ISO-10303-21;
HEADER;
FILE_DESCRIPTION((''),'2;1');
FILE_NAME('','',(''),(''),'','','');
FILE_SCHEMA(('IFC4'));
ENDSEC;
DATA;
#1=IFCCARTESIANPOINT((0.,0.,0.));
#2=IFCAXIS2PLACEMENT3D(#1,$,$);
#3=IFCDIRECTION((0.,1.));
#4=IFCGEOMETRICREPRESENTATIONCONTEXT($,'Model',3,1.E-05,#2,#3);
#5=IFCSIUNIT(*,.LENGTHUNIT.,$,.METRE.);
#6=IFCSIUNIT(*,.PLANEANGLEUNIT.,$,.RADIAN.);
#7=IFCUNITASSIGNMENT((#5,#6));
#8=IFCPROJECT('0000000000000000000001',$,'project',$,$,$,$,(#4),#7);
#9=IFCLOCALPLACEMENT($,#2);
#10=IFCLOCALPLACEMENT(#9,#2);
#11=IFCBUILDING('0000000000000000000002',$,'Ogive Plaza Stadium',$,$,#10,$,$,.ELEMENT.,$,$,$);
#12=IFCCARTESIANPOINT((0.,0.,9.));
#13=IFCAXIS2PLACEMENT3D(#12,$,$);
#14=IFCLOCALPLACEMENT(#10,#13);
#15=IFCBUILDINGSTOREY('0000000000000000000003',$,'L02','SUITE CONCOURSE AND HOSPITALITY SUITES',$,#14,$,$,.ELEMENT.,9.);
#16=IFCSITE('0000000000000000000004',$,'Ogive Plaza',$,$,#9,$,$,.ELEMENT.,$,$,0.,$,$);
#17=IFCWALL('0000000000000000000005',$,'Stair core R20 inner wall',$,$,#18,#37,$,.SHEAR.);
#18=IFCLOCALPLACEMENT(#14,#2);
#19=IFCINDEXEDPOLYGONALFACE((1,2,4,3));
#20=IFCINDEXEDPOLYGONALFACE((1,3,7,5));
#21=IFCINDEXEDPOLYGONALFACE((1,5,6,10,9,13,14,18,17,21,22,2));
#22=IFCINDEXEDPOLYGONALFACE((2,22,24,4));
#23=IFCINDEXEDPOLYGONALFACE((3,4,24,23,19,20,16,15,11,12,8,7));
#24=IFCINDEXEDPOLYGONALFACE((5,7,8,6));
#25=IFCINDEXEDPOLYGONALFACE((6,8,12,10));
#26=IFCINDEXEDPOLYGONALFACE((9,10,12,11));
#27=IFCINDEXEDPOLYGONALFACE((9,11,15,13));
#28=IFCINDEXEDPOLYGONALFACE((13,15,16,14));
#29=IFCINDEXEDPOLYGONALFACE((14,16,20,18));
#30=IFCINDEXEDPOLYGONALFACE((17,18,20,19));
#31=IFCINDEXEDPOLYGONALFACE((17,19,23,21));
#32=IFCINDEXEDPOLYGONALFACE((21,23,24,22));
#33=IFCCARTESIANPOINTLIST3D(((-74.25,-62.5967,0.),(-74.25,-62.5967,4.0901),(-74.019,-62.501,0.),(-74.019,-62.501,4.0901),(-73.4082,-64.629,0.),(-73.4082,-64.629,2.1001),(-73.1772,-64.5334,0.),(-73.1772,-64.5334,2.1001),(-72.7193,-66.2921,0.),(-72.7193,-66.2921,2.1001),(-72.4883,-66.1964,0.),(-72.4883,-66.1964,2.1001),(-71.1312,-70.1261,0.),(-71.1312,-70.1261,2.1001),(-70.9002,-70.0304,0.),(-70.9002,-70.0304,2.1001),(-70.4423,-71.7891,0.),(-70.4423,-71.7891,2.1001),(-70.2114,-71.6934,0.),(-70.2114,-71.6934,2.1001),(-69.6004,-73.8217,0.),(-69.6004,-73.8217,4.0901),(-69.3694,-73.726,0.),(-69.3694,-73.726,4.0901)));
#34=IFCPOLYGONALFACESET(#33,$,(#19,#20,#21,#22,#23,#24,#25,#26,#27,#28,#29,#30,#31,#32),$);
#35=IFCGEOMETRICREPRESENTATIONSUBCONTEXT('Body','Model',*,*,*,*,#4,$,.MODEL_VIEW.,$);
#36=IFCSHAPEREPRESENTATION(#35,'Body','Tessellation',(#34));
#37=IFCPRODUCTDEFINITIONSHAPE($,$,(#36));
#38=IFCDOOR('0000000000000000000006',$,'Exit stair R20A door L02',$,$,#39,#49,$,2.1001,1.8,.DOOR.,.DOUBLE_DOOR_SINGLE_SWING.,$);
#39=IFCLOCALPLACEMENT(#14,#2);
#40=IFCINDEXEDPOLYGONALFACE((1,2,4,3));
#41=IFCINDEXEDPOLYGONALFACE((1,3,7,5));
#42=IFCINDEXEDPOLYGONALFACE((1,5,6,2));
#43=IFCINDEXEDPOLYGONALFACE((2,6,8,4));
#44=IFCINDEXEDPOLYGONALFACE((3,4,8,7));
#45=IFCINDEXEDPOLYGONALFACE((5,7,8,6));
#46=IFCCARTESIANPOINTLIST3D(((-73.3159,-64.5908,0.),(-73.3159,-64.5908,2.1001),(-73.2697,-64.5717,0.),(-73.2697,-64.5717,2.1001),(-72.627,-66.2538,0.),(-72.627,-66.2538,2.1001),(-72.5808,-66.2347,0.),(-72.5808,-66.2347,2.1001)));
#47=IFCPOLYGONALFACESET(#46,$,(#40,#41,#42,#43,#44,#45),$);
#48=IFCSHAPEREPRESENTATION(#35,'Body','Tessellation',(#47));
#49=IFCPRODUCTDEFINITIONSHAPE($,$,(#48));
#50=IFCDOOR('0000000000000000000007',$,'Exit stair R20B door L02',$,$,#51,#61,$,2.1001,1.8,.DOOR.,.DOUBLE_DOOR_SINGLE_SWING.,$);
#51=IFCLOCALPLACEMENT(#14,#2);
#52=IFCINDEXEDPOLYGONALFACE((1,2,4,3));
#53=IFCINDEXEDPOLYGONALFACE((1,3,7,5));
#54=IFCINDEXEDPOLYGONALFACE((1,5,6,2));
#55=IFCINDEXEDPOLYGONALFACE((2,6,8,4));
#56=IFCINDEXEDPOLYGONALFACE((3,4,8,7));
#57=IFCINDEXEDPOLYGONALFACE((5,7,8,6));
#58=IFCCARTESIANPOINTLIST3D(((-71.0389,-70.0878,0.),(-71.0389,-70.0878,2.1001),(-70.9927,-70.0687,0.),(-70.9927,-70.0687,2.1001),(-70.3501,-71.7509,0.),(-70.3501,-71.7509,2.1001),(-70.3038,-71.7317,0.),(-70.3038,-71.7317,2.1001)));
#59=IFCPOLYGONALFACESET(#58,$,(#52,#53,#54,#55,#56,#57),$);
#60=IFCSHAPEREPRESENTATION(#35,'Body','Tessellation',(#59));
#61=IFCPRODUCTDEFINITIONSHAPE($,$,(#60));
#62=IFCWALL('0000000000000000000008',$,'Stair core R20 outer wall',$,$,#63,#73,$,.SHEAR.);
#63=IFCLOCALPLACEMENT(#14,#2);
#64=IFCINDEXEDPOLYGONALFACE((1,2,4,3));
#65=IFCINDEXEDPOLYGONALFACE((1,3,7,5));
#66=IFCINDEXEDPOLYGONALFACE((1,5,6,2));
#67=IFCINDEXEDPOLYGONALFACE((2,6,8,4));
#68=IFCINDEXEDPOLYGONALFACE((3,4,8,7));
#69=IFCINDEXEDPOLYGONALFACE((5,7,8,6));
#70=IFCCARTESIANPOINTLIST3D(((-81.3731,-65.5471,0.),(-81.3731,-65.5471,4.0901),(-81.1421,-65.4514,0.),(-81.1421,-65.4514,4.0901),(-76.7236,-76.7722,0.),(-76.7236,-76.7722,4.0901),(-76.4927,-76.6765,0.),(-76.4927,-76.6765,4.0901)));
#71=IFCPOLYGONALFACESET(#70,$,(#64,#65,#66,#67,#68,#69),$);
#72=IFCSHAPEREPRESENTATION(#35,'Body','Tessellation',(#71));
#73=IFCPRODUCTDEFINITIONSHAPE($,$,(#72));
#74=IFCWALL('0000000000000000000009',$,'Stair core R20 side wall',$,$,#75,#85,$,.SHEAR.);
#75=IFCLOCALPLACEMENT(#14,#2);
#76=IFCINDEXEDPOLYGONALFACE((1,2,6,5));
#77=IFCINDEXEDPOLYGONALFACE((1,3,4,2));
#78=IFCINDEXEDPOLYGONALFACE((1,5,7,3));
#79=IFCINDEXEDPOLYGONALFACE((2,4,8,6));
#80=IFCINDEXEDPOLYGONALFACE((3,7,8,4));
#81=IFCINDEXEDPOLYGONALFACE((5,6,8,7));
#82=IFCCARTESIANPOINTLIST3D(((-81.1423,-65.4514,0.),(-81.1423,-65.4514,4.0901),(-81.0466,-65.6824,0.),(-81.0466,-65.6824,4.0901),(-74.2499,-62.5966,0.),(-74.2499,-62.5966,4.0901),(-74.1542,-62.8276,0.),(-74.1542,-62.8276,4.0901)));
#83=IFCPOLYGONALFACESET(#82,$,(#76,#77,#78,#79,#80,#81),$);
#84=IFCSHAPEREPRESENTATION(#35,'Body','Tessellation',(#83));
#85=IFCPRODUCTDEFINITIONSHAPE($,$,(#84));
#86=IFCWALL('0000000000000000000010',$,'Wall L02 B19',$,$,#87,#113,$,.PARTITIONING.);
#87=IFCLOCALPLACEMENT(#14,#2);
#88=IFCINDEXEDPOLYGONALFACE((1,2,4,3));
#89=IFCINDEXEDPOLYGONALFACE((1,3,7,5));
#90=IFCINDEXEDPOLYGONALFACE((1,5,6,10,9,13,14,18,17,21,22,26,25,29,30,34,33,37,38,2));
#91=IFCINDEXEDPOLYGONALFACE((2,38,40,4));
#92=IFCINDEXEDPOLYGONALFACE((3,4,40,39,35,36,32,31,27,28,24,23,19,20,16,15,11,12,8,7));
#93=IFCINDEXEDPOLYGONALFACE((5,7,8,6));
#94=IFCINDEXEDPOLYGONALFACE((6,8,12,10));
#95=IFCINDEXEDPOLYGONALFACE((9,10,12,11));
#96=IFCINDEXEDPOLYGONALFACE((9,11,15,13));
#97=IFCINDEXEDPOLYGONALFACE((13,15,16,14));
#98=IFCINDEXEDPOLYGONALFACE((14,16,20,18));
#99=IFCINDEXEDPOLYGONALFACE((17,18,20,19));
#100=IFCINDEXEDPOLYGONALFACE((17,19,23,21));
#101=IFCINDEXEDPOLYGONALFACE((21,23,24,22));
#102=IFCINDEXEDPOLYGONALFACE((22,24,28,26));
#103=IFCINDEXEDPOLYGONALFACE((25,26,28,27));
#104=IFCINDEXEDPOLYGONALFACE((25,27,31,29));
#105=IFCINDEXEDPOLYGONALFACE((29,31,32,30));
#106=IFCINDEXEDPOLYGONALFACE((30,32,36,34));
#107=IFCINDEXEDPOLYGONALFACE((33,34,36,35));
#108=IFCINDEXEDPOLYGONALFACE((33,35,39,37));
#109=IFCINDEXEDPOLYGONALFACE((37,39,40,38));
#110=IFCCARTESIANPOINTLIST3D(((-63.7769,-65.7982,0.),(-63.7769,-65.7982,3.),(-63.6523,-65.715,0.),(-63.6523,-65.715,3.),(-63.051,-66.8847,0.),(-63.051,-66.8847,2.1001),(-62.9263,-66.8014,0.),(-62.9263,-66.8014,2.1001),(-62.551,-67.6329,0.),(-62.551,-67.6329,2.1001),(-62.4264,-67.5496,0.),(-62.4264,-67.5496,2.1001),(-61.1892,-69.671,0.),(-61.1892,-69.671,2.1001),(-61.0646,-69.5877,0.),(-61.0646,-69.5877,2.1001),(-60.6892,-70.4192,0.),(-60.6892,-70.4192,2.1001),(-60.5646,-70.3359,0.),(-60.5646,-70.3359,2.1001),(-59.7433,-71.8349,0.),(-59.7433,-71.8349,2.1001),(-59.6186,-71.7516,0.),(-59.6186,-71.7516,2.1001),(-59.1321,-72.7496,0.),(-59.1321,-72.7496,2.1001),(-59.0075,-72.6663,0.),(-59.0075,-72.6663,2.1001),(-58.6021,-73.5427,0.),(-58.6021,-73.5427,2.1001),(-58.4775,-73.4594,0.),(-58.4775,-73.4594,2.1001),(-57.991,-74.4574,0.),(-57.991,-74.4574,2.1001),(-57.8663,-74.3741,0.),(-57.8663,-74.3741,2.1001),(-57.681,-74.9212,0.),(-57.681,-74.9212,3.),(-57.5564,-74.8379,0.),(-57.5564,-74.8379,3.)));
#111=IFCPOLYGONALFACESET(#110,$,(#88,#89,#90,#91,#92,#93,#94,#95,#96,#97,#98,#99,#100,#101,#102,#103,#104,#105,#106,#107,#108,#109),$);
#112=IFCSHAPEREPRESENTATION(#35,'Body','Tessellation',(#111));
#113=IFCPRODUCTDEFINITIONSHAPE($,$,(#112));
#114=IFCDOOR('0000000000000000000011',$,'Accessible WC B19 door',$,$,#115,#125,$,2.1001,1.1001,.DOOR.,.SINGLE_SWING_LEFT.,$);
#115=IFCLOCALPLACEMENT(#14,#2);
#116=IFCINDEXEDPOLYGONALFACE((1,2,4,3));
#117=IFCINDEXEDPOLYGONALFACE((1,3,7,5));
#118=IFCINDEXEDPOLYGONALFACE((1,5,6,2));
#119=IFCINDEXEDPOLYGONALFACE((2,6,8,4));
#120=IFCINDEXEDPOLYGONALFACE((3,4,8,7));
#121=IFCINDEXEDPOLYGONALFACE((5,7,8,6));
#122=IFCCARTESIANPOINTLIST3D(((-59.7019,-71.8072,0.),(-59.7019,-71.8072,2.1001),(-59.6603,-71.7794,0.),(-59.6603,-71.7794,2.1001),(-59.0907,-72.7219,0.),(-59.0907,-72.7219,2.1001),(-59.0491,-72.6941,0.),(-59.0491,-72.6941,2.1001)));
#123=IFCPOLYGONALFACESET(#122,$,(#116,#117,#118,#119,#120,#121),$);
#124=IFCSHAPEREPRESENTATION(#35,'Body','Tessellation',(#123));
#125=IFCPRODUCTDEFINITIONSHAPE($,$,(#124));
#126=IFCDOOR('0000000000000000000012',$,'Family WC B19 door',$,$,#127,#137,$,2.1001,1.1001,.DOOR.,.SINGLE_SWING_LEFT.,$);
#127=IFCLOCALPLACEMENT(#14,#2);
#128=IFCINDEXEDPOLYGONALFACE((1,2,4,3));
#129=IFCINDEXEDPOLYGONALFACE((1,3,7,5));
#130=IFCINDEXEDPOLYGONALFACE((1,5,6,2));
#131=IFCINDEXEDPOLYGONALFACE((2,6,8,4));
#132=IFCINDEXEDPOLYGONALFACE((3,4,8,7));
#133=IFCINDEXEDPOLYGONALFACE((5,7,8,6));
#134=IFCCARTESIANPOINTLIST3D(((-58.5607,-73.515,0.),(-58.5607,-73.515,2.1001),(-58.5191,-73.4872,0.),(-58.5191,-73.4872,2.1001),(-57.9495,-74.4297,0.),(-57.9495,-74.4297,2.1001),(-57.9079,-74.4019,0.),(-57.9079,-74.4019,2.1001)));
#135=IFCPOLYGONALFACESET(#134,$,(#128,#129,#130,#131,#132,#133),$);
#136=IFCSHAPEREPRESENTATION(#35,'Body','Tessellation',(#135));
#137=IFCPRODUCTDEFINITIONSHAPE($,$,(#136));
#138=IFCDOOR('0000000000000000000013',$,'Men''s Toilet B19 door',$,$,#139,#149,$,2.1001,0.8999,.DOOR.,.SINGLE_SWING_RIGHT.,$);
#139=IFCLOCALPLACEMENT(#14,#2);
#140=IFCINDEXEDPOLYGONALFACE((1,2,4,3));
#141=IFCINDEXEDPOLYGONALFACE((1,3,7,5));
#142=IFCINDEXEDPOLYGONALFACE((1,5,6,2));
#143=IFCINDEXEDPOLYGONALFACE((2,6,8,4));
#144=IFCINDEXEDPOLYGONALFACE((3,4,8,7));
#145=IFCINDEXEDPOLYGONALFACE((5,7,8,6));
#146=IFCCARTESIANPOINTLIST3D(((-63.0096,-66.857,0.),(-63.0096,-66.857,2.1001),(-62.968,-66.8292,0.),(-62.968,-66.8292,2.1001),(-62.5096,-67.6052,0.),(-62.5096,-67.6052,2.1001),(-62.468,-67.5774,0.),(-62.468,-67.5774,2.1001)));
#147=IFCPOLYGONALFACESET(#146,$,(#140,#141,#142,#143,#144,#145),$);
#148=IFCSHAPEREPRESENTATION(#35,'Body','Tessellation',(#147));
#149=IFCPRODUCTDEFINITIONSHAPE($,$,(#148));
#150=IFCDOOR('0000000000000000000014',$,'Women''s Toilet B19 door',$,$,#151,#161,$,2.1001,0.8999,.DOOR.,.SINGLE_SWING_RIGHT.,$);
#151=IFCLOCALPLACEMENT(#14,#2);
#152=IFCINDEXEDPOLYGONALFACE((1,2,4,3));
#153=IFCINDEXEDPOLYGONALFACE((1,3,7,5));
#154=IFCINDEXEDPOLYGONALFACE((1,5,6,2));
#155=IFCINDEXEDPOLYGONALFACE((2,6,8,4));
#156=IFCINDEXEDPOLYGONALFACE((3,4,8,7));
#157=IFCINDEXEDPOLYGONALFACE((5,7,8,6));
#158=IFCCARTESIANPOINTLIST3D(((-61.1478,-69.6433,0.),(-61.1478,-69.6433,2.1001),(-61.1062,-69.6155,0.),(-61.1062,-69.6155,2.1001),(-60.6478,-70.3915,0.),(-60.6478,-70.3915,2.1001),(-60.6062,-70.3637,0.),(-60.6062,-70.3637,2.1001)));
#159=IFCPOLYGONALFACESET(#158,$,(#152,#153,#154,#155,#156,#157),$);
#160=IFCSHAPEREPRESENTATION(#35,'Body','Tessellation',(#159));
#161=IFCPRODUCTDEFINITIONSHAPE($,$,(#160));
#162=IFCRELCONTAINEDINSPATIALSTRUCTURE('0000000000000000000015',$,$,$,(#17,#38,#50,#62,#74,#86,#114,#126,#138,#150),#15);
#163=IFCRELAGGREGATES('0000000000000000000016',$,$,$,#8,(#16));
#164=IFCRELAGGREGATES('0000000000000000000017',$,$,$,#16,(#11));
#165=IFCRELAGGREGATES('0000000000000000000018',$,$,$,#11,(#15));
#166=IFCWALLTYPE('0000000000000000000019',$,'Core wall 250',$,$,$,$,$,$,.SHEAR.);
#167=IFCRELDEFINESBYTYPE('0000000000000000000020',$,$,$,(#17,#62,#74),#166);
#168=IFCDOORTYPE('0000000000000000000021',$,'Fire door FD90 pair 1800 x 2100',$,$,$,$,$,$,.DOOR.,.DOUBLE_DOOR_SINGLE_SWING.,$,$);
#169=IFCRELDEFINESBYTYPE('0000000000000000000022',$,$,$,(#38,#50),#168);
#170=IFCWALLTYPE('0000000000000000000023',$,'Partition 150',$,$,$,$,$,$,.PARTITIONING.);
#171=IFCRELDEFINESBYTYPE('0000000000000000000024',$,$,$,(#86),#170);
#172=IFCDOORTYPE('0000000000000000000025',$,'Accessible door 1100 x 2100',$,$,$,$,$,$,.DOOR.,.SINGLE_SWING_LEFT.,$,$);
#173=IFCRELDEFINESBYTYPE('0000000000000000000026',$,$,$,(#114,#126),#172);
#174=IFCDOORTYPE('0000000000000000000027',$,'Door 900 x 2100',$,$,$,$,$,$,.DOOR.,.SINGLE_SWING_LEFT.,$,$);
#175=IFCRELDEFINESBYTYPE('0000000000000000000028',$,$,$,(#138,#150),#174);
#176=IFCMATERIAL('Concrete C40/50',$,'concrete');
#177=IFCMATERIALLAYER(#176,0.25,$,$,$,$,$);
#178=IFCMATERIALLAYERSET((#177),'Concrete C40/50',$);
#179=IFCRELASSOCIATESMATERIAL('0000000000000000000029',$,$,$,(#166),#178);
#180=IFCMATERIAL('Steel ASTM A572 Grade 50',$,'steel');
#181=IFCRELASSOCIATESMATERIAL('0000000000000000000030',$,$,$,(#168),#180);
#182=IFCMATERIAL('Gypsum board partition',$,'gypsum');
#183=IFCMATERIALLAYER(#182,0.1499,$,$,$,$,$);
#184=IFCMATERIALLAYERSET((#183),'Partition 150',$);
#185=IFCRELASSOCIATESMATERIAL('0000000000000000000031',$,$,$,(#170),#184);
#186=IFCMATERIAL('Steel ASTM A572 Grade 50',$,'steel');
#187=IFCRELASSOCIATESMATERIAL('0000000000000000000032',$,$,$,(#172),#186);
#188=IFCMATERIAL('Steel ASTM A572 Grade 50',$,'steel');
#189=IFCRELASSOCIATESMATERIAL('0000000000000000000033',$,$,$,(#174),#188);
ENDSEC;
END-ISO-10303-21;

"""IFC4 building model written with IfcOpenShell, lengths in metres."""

from ifc_helpers import new_model, si_unit, direction, frame, frame_2d, origin, place, context, subcontext, project, spatial, rectangle, extrude, material, layer, layer_set, type_object, element, fill, save


model = new_model("IFC4")

# Units and contexts
model_context = context("Model", 3, precision=1e-05, world=origin(), true_north=direction((0.0, 1.0)))
body_context = subcontext(model_context, "Body", "Model", "MODEL_VIEW")
ifc_project = project(units=[si_unit("LENGTHUNIT", "METRE"), si_unit("PLANEANGLEUNIT", "RADIAN")], contexts=[model_context])

# Site, building, storey
site_placement = place(None, origin())
site = spatial("IfcSite", under=ifc_project, at=site_placement, Name="Ogive Plaza", CompositionType="ELEMENT", RefElevation=0.0)
building_placement = place(site_placement, origin())
building = spatial("IfcBuilding", under=site, at=building_placement, Name="Ogive Plaza Stadium", CompositionType="ELEMENT")
storey_placement = place(building_placement, frame((0.0, 0.0, 9.0)))
storey = spatial("IfcBuildingStorey", under=building, at=storey_placement, Name="L02", Description="SUITE CONCOURSE AND HOSPITALITY SUITES", CompositionType="ELEMENT", Elevation=9.0)

# Wall, openings, doors
ifc_material_1 = material(Name="Concrete C40/50", Category="concrete")
ifc_layer_1 = layer(ifc_material_1, 0.25)
ifc_layer_set_1 = layer_set([ifc_layer_1], Name="Concrete C40/50")
wall_type_1 = type_object("IfcWallType", Name="Core wall 250", PredefinedType="SHEAR", material=ifc_layer_set_1)
wall_1_placement = place(storey_placement, frame((-74.1345, -62.5488, 0.0), z_axis=(0.0, 0.0, 1.0), x_axis=(0.382688, -0.923877, 0.0)))
wall_1 = element("IfcWall", 1, at=wall_1_placement, inside=storey, type_object=wall_type_1, Name="Stair core R20 inner wall", PredefinedType="SHEAR", context=body_context, shape_type="SweptSolid", body=[
    extrude(rectangle(XDim=12.1499, YDim=0.25, at=frame_2d((6.075, 0.0))), origin(), (0.0, 0.0, 1.0), 4.0901),
])
opening_1_placement = place(wall_1_placement, frame((2.2, 0.0, 0.0)))
opening_1 = element("IfcOpeningElement", 2, at=opening_1_placement, cuts=wall_1, PredefinedType="OPENING", context=body_context, shape_type="SweptSolid", body=[
    extrude(rectangle(XDim=1.8, YDim=2.1001, at=frame_2d((0.8999, 1.05))), frame((0.0, 0.125, 0.0), z_axis=(0.0, -1.0, 0.0), x_axis=(1.0, 0.0, 0.0)), (0.0, 0.0, 1.0), 0.25),
])
opening_2_placement = place(wall_1_placement, frame((8.1499, 0.0, 0.0)))
opening_2 = element("IfcOpeningElement", 3, at=opening_2_placement, cuts=wall_1, PredefinedType="OPENING", context=body_context, shape_type="SweptSolid", body=[
    extrude(rectangle(XDim=1.8, YDim=2.1001, at=frame_2d((0.8999, 1.05))), frame((0.0, 0.125, 0.0), z_axis=(0.0, -1.0, 0.0), x_axis=(1.0, 0.0, 0.0)), (0.0, 0.0, 1.0), 0.25),
])
ifc_material_2 = material(Name="Steel ASTM A572 Grade 50", Category="steel")
door_type_1 = type_object("IfcDoorType", Name="Fire door FD90 pair 1800 x 2100", OperationType="DOUBLE_DOOR_SINGLE_SWING", PredefinedType="DOOR", material=ifc_material_2)
door_1_placement = place(opening_1_placement, origin())
door_1 = element("IfcDoor", 4, at=door_1_placement, inside=storey, type_object=door_type_1, Name="Exit stair R20A door L02", OperationType="DOUBLE_DOOR_SINGLE_SWING", OverallHeight=2.1001, OverallWidth=1.8, PredefinedType="DOOR", context=body_context, shape_type="SweptSolid", body=[
    extrude(rectangle(XDim=1.8, YDim=2.1001, at=frame_2d((0.8999, 1.05))), frame((0.0, 0.0249, 0.0), z_axis=(0.0, -1.0, 0.0), x_axis=(1.0, 0.0, 0.0)), (0.0, 0.0, 1.0), 0.05),
])
fill(opening_1, door_1)
door_2_placement = place(opening_2_placement, origin())
door_2 = element("IfcDoor", 5, at=door_2_placement, inside=storey, type_object=door_type_1, Name="Exit stair R20B door L02", OperationType="DOUBLE_DOOR_SINGLE_SWING", OverallHeight=2.1001, OverallWidth=1.8, PredefinedType="DOOR", context=body_context, shape_type="SweptSolid", body=[
    extrude(rectangle(XDim=1.8, YDim=2.1001, at=frame_2d((0.8999, 1.05))), frame((0.0, 0.0249, 0.0), z_axis=(0.0, -1.0, 0.0), x_axis=(1.0, 0.0, 0.0)), (0.0, 0.0, 1.0), 0.05),
])
fill(opening_2, door_2)

# Walls
wall_2_placement = place(storey_placement, frame((-81.2576, -65.4993, 0.0), z_axis=(0.0, 0.0, 1.0), x_axis=(0.382671, -0.923885, 0.0)))
element("IfcWall", 6, at=wall_2_placement, inside=storey, type_object=wall_type_1, Name="Stair core R20 outer wall", PredefinedType="SHEAR", context=body_context, shape_type="SweptSolid", body=[
    extrude(rectangle(XDim=12.1499, YDim=0.25, at=frame_2d((6.075, 0.0))), origin(), (0.0, 0.0, 1.0), 4.0901),
])
wall_3_placement = place(storey_placement, frame((-74.2021, -62.7122, 0.0), z_axis=(0.0, 0.0, 1.0), x_axis=(-0.923887, -0.382665, 0.0)))
element("IfcWall", 7, at=wall_3_placement, inside=storey, type_object=wall_type_1, Name="Stair core R20 side wall", PredefinedType="SHEAR", context=body_context, shape_type="SweptSolid", body=[
    extrude(rectangle(XDim=7.4602, YDim=0.25, at=frame_2d((3.73, 0.0))), origin(), (0.0, 0.0, 1.0), 4.0901),
])

# Wall, openings, doors
ifc_material_3 = material(Name="Gypsum board partition", Category="gypsum")
ifc_layer_2 = layer(ifc_material_3, 0.1499)
ifc_layer_set_2 = layer_set([ifc_layer_2], Name="Partition 150")
wall_type_2 = type_object("IfcWallType", Name="Partition 150", PredefinedType="PARTITIONING", material=ifc_layer_set_2)
wall_4_placement = place(storey_placement, frame((-63.7146, -65.7566, 0.0), z_axis=(0.0, 0.0, 1.0), x_axis=(0.555578, -0.831464, 0.0)))
wall_4 = element("IfcWall", 8, at=wall_4_placement, inside=storey, type_object=wall_type_2, Name="Wall L02 B19", PredefinedType="PARTITIONING", context=body_context, shape_type="SweptSolid", body=[
    extrude(rectangle(XDim=10.9722, YDim=0.1499, at=frame_2d((5.4861, 0.0))), origin(), (0.0, 0.0, 1.0), 3.0),
])
opening_3_placement = place(wall_4_placement, frame((1.3066, 0.0, 0.0)))
opening_3 = element("IfcOpeningElement", 9, at=opening_3_placement, cuts=wall_4, PredefinedType="OPENING", context=body_context, shape_type="SweptSolid", body=[
    extrude(rectangle(XDim=0.8999, YDim=2.1001, at=frame_2d((0.45, 1.05))), frame((0.0, 0.075, 0.0), z_axis=(0.0, -1.0, 0.0), x_axis=(1.0, 0.0, 0.0)), (0.0, 0.0, 1.0), 0.1499),
])
opening_4_placement = place(wall_4_placement, frame((4.6577, 0.0, 0.0)))
opening_4 = element("IfcOpeningElement", 10, at=opening_4_placement, cuts=wall_4, PredefinedType="OPENING", context=body_context, shape_type="SweptSolid", body=[
    extrude(rectangle(XDim=0.8999, YDim=2.1001, at=frame_2d((0.45, 1.05))), frame((0.0, 0.075, 0.0), z_axis=(0.0, -1.0, 0.0), x_axis=(1.0, 0.0, 0.0)), (0.0, 0.0, 1.0), 0.1499),
])
opening_5_placement = place(wall_4_placement, frame((7.2603, 0.0, 0.0)))
opening_5 = element("IfcOpeningElement", 11, at=opening_5_placement, cuts=wall_4, PredefinedType="OPENING", context=body_context, shape_type="SweptSolid", body=[
    extrude(rectangle(XDim=1.1001, YDim=2.1001, at=frame_2d((0.55, 1.05))), frame((0.0, 0.075, 0.0), z_axis=(0.0, -1.0, 0.0), x_axis=(1.0, 0.0, 0.0)), (0.0, 0.0, 1.0), 0.1499),
])
opening_6_placement = place(wall_4_placement, frame((9.3142, 0.0, 0.0)))
opening_6 = element("IfcOpeningElement", 12, at=opening_6_placement, cuts=wall_4, PredefinedType="OPENING", context=body_context, shape_type="SweptSolid", body=[
    extrude(rectangle(XDim=1.1001, YDim=2.1001, at=frame_2d((0.55, 1.05))), frame((0.0, 0.075, 0.0), z_axis=(0.0, -1.0, 0.0), x_axis=(1.0, 0.0, 0.0)), (0.0, 0.0, 1.0), 0.1499),
])
ifc_material_4 = material(Name="Steel ASTM A572 Grade 50", Category="steel")
door_type_2 = type_object("IfcDoorType", Name="Accessible door 1100 x 2100", OperationType="SINGLE_SWING_LEFT", PredefinedType="DOOR", material=ifc_material_4)
door_3_placement = place(opening_5_placement, origin())
door_3 = element("IfcDoor", 13, at=door_3_placement, inside=storey, type_object=door_type_2, Name="Accessible WC B19 door", OperationType="SINGLE_SWING_LEFT", OverallHeight=2.1001, OverallWidth=1.1001, PredefinedType="DOOR", context=body_context, shape_type="SweptSolid", body=[
    extrude(rectangle(XDim=1.1001, YDim=2.1001, at=frame_2d((0.55, 1.05))), frame((0.0, 0.0249, 0.0), z_axis=(0.0, -1.0, 0.0), x_axis=(1.0, 0.0, 0.0)), (0.0, 0.0, 1.0), 0.05),
])
fill(opening_5, door_3)
door_4_placement = place(opening_6_placement, origin())
door_4 = element("IfcDoor", 14, at=door_4_placement, inside=storey, type_object=door_type_2, Name="Family WC B19 door", OperationType="SINGLE_SWING_LEFT", OverallHeight=2.1001, OverallWidth=1.1001, PredefinedType="DOOR", context=body_context, shape_type="SweptSolid", body=[
    extrude(rectangle(XDim=1.1001, YDim=2.1001, at=frame_2d((0.55, 1.05))), frame((0.0, 0.0249, 0.0), z_axis=(0.0, -1.0, 0.0), x_axis=(1.0, 0.0, 0.0)), (0.0, 0.0, 1.0), 0.05),
])
fill(opening_6, door_4)
ifc_material_5 = material(Name="Steel ASTM A572 Grade 50", Category="steel")
door_type_3 = type_object("IfcDoorType", Name="Door 900 x 2100", OperationType="SINGLE_SWING_LEFT", PredefinedType="DOOR", material=ifc_material_5)
door_5_placement = place(opening_3_placement, origin())
door_5 = element("IfcDoor", 15, at=door_5_placement, inside=storey, type_object=door_type_3, Name="Men's Toilet B19 door", OperationType="SINGLE_SWING_RIGHT", OverallHeight=2.1001, OverallWidth=0.8999, PredefinedType="DOOR", context=body_context, shape_type="SweptSolid", body=[
    extrude(rectangle(XDim=0.8999, YDim=2.1001, at=frame_2d((0.45, 1.05))), frame((0.0, 0.0249, 0.0), z_axis=(0.0, -1.0, 0.0), x_axis=(1.0, 0.0, 0.0)), (0.0, 0.0, 1.0), 0.05),
])
fill(opening_3, door_5)
door_6_placement = place(opening_4_placement, origin())
door_6 = element("IfcDoor", 16, at=door_6_placement, inside=storey, type_object=door_type_3, Name="Women's Toilet B19 door", OperationType="SINGLE_SWING_RIGHT", OverallHeight=2.1001, OverallWidth=0.8999, PredefinedType="DOOR", context=body_context, shape_type="SweptSolid", body=[
    extrude(rectangle(XDim=0.8999, YDim=2.1001, at=frame_2d((0.45, 1.05))), frame((0.0, 0.0249, 0.0), z_axis=(0.0, -1.0, 0.0), x_axis=(1.0, 0.0, 0.0)), (0.0, 0.0, 1.0), 0.05),
])
fill(opening_4, door_6)

save(model, "model.ifc")
